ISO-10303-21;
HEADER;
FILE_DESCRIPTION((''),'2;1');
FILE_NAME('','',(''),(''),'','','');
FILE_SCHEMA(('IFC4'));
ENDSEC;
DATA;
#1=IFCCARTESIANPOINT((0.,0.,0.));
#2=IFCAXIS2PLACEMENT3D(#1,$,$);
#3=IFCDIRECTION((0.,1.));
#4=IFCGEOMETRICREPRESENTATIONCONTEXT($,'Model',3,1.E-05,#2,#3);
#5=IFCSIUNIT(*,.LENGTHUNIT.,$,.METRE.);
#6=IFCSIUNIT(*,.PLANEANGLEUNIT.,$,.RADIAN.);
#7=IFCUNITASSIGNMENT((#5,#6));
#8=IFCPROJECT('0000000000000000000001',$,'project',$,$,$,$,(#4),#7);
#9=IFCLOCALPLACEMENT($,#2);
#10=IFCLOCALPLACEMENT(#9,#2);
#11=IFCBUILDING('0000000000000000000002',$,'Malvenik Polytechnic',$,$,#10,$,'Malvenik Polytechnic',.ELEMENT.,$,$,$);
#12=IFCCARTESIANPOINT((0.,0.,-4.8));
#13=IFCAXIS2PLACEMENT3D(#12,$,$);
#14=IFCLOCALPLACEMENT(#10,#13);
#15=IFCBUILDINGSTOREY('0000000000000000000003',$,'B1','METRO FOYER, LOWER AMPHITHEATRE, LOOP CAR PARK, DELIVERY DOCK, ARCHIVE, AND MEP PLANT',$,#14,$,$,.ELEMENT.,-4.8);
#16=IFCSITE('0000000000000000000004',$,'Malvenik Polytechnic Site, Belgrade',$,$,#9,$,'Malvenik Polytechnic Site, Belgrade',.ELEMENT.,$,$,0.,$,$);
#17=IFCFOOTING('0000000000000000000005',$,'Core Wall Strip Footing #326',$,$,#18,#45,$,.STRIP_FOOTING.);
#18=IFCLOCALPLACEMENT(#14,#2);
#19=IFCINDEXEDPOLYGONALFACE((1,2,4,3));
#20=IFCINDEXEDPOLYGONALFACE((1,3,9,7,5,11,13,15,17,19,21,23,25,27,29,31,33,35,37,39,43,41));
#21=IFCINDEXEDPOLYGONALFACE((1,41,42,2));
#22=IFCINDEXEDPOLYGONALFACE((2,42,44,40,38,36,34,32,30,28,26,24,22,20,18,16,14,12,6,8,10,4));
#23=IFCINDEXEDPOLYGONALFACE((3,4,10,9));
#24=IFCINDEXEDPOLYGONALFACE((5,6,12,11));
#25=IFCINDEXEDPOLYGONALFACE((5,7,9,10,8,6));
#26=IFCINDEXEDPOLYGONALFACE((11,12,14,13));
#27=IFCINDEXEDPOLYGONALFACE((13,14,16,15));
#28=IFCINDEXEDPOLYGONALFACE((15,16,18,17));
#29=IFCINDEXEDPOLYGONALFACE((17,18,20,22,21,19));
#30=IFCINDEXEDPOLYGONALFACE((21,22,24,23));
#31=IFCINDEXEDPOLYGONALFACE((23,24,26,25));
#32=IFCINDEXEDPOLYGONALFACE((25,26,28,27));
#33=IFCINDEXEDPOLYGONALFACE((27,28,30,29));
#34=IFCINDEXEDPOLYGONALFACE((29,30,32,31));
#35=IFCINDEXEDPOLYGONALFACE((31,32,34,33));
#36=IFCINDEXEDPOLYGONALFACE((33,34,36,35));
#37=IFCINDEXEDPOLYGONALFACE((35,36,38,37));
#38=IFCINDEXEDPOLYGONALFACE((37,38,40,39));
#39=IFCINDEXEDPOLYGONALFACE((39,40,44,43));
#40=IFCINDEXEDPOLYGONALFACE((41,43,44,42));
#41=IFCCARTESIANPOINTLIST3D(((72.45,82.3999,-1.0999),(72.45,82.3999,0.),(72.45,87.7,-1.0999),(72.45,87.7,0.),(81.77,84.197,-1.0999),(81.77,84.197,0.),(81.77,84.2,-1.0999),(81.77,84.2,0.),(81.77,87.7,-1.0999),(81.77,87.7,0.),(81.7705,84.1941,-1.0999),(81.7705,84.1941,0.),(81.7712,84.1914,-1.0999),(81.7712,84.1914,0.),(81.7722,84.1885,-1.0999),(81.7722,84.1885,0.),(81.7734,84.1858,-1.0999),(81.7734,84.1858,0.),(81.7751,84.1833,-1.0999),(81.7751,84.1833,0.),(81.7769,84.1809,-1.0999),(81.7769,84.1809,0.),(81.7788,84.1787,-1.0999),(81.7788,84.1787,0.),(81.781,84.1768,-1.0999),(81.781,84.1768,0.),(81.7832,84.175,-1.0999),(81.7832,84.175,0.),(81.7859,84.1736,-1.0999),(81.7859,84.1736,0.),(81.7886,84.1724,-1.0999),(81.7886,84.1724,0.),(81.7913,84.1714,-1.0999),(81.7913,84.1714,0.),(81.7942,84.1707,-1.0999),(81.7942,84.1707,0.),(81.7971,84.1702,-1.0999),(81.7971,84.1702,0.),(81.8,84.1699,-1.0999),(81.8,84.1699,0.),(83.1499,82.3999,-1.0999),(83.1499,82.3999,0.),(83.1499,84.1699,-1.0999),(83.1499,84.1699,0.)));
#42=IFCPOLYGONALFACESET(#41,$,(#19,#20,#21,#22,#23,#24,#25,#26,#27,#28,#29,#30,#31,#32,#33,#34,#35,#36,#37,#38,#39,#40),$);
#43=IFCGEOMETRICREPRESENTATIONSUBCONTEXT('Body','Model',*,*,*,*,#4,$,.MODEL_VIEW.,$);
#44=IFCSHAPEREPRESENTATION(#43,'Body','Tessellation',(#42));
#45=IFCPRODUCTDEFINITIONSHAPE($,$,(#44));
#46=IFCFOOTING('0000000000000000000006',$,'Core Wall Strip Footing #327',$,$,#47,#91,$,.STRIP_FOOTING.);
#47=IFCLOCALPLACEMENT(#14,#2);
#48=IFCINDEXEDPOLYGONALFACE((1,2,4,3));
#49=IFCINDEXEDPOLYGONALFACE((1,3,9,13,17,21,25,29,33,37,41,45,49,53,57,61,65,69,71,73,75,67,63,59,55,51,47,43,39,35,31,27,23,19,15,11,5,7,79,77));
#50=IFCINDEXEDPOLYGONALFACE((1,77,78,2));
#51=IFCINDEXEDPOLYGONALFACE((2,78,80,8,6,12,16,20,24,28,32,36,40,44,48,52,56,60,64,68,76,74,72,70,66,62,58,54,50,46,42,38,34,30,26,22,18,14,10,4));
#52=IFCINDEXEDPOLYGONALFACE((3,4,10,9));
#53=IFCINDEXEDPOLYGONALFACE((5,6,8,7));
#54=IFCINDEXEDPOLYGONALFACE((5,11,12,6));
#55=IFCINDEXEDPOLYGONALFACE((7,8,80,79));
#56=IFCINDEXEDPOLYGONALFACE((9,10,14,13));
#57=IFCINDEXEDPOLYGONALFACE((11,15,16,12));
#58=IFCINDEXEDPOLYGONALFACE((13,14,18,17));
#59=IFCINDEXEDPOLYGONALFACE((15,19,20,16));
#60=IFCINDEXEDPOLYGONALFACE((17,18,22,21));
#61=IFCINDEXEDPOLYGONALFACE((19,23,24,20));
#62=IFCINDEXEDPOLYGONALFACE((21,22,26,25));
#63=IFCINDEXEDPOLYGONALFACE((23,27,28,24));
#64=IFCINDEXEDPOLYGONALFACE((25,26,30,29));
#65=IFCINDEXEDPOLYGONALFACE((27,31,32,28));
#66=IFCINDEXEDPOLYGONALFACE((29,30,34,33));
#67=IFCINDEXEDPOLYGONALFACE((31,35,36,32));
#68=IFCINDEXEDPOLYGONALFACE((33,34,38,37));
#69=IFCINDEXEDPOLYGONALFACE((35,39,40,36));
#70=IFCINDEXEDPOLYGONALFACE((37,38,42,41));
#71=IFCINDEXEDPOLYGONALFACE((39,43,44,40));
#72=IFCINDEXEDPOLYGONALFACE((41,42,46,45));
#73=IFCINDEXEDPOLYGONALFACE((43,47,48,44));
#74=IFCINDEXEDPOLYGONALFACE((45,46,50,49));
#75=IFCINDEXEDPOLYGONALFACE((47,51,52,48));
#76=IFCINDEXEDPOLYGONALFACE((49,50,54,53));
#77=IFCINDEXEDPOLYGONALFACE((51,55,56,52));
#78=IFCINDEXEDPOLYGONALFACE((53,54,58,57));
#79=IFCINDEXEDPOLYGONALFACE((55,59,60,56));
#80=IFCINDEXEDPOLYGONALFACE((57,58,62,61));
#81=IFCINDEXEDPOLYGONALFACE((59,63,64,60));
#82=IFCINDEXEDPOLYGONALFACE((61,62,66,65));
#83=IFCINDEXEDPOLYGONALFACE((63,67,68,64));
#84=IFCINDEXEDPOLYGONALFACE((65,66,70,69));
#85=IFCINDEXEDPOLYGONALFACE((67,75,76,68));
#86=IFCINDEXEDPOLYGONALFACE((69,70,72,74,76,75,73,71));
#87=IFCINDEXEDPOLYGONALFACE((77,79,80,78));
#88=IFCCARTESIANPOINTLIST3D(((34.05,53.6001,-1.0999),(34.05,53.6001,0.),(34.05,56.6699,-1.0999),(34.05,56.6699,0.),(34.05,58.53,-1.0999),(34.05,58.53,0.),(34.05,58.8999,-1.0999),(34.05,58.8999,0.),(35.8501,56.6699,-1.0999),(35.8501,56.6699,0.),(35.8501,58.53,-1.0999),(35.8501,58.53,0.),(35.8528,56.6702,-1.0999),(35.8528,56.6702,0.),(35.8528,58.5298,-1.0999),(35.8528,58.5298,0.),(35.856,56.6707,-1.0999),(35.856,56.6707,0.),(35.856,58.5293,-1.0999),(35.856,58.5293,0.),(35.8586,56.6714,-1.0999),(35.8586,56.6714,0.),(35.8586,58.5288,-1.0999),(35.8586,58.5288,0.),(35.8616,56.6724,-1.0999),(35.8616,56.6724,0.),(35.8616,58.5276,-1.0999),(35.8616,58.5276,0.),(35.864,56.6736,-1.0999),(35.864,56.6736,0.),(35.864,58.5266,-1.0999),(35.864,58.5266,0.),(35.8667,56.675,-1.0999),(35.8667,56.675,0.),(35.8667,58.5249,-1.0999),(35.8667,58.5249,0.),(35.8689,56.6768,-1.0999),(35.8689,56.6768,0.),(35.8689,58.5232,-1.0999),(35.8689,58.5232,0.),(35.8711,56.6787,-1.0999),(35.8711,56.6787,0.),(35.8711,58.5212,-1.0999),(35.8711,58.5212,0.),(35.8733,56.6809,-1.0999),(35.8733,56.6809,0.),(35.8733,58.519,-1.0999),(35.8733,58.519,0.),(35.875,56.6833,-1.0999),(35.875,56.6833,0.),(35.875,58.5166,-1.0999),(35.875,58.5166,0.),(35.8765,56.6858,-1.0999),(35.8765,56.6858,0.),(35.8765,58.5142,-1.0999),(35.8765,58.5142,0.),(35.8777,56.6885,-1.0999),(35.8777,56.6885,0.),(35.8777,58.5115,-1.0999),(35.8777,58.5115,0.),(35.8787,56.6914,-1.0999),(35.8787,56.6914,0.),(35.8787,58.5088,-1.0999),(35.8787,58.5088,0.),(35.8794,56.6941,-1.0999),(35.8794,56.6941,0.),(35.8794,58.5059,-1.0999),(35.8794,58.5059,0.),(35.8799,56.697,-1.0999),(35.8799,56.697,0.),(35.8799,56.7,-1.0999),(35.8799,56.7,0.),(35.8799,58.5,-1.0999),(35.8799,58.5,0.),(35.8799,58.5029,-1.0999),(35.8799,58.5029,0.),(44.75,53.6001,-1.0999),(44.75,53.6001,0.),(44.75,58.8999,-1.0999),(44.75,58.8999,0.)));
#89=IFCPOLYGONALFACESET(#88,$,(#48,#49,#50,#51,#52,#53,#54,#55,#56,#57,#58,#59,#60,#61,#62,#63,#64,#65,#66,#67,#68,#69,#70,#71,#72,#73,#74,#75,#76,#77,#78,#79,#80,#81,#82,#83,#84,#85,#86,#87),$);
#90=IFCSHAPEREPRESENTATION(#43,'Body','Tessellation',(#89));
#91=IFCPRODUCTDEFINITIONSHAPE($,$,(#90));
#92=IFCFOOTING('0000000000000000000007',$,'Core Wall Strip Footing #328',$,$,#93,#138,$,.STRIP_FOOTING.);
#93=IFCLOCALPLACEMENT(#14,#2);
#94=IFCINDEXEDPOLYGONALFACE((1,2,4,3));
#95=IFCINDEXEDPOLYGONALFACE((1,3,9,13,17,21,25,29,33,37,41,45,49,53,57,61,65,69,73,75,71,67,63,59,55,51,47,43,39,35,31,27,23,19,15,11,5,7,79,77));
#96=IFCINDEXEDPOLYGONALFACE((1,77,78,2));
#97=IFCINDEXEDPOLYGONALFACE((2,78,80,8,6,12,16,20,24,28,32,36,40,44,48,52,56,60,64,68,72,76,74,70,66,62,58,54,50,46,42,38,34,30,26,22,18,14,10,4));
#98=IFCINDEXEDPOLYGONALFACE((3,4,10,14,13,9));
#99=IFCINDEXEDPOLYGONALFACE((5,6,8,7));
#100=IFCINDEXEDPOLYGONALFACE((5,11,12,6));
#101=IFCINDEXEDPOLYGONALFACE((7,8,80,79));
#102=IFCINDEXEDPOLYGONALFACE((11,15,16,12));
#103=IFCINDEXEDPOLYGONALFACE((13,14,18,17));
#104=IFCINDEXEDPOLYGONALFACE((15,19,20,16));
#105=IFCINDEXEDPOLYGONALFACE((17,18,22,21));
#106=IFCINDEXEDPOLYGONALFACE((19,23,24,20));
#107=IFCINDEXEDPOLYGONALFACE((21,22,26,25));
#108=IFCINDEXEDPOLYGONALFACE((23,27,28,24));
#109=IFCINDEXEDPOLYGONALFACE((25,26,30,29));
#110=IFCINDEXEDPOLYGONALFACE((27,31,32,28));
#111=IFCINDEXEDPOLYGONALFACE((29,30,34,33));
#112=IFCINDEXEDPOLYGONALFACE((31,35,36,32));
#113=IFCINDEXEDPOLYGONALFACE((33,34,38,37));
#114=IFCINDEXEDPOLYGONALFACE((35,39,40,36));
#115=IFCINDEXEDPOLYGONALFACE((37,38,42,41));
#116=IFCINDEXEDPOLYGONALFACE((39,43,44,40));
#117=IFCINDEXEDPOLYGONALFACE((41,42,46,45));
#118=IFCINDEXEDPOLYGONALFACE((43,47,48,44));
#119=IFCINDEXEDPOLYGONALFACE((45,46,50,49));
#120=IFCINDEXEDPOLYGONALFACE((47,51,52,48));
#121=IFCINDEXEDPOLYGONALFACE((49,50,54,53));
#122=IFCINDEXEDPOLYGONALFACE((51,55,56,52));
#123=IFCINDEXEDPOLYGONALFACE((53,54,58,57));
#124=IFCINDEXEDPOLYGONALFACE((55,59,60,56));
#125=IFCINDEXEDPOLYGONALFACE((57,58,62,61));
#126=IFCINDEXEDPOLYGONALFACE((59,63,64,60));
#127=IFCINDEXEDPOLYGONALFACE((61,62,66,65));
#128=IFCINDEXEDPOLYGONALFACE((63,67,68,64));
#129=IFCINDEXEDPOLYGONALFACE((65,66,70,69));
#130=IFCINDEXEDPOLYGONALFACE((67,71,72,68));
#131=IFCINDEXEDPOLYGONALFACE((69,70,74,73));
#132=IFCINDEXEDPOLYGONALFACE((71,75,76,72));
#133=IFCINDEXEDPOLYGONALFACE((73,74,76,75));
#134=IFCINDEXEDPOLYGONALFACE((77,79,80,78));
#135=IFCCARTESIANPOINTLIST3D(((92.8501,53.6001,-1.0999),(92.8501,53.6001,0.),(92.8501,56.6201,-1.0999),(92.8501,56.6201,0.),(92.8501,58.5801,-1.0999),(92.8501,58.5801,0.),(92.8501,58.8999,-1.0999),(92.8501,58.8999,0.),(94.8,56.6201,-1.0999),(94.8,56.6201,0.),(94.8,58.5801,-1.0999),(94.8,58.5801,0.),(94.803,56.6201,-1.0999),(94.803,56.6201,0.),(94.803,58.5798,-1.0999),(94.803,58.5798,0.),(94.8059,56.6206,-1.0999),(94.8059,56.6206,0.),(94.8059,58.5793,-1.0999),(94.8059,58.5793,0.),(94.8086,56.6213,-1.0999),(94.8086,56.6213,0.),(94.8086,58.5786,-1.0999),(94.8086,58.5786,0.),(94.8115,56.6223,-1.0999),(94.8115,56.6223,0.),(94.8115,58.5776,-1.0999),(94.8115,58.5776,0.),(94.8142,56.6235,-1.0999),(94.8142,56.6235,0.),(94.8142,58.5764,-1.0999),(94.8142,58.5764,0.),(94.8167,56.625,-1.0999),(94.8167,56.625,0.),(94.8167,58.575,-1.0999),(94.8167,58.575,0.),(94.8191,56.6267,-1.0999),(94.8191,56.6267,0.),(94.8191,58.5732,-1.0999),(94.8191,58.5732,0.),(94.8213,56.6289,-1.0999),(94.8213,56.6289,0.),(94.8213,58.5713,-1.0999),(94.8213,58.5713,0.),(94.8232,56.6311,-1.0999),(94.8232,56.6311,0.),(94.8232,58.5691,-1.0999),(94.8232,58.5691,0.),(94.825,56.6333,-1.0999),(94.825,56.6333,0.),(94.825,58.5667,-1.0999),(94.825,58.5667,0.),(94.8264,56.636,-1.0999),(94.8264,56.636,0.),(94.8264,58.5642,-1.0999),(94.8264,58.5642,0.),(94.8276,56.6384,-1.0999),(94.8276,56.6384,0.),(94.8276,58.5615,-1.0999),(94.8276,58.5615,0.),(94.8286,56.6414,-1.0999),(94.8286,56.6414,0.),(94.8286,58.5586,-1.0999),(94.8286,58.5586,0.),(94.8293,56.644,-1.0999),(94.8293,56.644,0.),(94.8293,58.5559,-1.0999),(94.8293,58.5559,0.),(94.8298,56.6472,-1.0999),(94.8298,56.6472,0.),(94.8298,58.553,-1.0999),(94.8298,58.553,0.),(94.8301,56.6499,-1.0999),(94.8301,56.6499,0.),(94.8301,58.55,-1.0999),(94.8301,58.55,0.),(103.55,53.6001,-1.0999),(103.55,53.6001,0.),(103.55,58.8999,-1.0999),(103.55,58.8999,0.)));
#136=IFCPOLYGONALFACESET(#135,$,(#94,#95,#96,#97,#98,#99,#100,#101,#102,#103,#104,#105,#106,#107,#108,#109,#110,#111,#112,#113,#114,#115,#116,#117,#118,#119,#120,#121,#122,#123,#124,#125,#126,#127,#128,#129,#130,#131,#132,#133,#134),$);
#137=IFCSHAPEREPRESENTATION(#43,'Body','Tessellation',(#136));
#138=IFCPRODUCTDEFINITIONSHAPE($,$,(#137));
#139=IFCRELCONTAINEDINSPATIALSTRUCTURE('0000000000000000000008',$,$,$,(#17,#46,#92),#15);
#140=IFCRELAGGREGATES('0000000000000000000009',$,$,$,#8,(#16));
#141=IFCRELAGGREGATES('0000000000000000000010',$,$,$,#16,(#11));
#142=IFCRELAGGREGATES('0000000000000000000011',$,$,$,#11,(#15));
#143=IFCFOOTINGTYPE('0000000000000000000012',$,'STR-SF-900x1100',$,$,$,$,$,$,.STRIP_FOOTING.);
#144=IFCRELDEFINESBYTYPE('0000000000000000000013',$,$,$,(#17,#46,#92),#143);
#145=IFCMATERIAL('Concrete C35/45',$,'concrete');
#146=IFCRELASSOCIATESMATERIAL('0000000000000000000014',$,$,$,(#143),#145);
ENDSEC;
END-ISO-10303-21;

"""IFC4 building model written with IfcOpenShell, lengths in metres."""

from ifc_helpers import new_model, si_unit, direction, frame, origin, place, context, subcontext, project, spatial, polyline, outline, extrude, material, type_object, element, save


model = new_model("IFC4")

# Units and contexts
model_context = context("Model", 3, precision=1e-05, world=origin(), true_north=direction((0.0, 1.0)))
body_context = subcontext(model_context, "Body", "Model", "MODEL_VIEW")
ifc_project = project(units=[si_unit("LENGTHUNIT", "METRE"), si_unit("PLANEANGLEUNIT", "RADIAN")], contexts=[model_context])

# Site, building, storey
site_placement = place(None, origin())
site = spatial("IfcSite", under=ifc_project, at=site_placement, Name="Malvenik Polytechnic Site, Belgrade", LongName="Malvenik Polytechnic Site, Belgrade", CompositionType="ELEMENT", RefElevation=0.0)
building_placement = place(site_placement, origin())
building = spatial("IfcBuilding", under=site, at=building_placement, Name="Malvenik Polytechnic", LongName="Malvenik Polytechnic", CompositionType="ELEMENT")
storey_placement = place(building_placement, frame((0.0, 0.0, -4.8)))
storey = spatial("IfcBuildingStorey", under=building, at=storey_placement, Name="B1", Description="METRO FOYER, LOWER AMPHITHEATRE, LOOP CAR PARK, DELIVERY DOCK, ARCHIVE, AND MEP PLANT", CompositionType="ELEMENT", Elevation=-4.8)

# Footings
ifc_material = material(Name="Concrete C35/45", Category="concrete")
footing_type_1 = type_object("IfcFootingType", Name="STR-SF-900x1100", PredefinedType="STRIP_FOOTING", material=ifc_material)
footing_1_placement = place(storey_placement, frame((0.0, 0.0, -1.0999)))
element("IfcFooting", 1, at=footing_1_placement, inside=storey, type_object=footing_type_1, Name="Core Wall Strip Footing #326", PredefinedType="STRIP_FOOTING", context=body_context, shape_type="SweptSolid", body=[
    extrude(outline(polyline([(83.1499, 82.3999), (72.45, 82.3999), (72.45, 87.7), (81.77, 87.7), (81.77, 84.2), (81.77, 84.197), (81.7705, 84.1941), (81.7712, 84.1914), (81.7722, 84.1885), (81.7734, 84.1858), (81.7751, 84.1833), (81.7769, 84.1809), (81.7788, 84.1787), (81.781, 84.1768), (81.7832, 84.175), (81.7859, 84.1736), (81.7886, 84.1724), (81.7913, 84.1714), (81.7942, 84.1707), (81.7971, 84.1702), (81.8, 84.1699), (83.1499, 84.1699), (83.1499, 82.3999)])), origin(), (0.0, 0.0, 1.0), 1.0999),
])
footing_2_placement = place(storey_placement, frame((0.0, 0.0, -1.0999)))
element("IfcFooting", 2, at=footing_2_placement, inside=storey, type_object=footing_type_1, Name="Core Wall Strip Footing #327", PredefinedType="STRIP_FOOTING", context=body_context, shape_type="SweptSolid", body=[
    extrude(outline(polyline([(34.05, 58.8999), (44.75, 58.8999), (44.75, 53.6001), (34.05, 53.6001), (34.05, 56.6699), (35.8501, 56.6699), (35.8528, 56.6702), (35.856, 56.6707), (35.8586, 56.6714), (35.8616, 56.6724), (35.864, 56.6736), (35.8667, 56.675), (35.8689, 56.6768), (35.8711, 56.6787), (35.8733, 56.6809), (35.875, 56.6833), (35.8765, 56.6858), (35.8777, 56.6885), (35.8787, 56.6914), (35.8794, 56.6941), (35.8799, 56.697), (35.8799, 56.7), (35.8799, 58.5), (35.8799, 58.5029), (35.8794, 58.5059), (35.8787, 58.5088), (35.8777, 58.5115), (35.8765, 58.5142), (35.875, 58.5166), (35.8733, 58.519), (35.8711, 58.5212), (35.8689, 58.5232), (35.8667, 58.5249), (35.864, 58.5266), (35.8616, 58.5276), (35.8586, 58.5288), (35.856, 58.5293), (35.8528, 58.5298), (35.8501, 58.53), (34.05, 58.53), (34.05, 58.8999)])), origin(), (0.0, 0.0, 1.0), 1.0999),
])
footing_3_placement = place(storey_placement, frame((0.0, 0.0, -1.0999)))
element("IfcFooting", 3, at=footing_3_placement, inside=storey, type_object=footing_type_1, Name="Core Wall Strip Footing #328", PredefinedType="STRIP_FOOTING", context=body_context, shape_type="SweptSolid", body=[
    extrude(outline(polyline([(92.8501, 58.8999), (103.55, 58.8999), (103.55, 53.6001), (92.8501, 53.6001), (92.8501, 56.6201), (94.8, 56.6201), (94.803, 56.6201), (94.8059, 56.6206), (94.8086, 56.6213), (94.8115, 56.6223), (94.8142, 56.6235), (94.8167, 56.625), (94.8191, 56.6267), (94.8213, 56.6289), (94.8232, 56.6311), (94.825, 56.6333), (94.8264, 56.636), (94.8276, 56.6384), (94.8286, 56.6414), (94.8293, 56.644), (94.8298, 56.6472), (94.8301, 56.6499), (94.8301, 58.55), (94.8298, 58.553), (94.8293, 58.5559), (94.8286, 58.5586), (94.8276, 58.5615), (94.8264, 58.5642), (94.825, 58.5667), (94.8232, 58.5691), (94.8213, 58.5713), (94.8191, 58.5732), (94.8167, 58.575), (94.8142, 58.5764), (94.8115, 58.5776), (94.8086, 58.5786), (94.8059, 58.5793), (94.803, 58.5798), (94.8, 58.5801), (92.8501, 58.5801), (92.8501, 58.8999)])), origin(), (0.0, 0.0, 1.0), 1.0999),
])

save(model, "model.ifc")
